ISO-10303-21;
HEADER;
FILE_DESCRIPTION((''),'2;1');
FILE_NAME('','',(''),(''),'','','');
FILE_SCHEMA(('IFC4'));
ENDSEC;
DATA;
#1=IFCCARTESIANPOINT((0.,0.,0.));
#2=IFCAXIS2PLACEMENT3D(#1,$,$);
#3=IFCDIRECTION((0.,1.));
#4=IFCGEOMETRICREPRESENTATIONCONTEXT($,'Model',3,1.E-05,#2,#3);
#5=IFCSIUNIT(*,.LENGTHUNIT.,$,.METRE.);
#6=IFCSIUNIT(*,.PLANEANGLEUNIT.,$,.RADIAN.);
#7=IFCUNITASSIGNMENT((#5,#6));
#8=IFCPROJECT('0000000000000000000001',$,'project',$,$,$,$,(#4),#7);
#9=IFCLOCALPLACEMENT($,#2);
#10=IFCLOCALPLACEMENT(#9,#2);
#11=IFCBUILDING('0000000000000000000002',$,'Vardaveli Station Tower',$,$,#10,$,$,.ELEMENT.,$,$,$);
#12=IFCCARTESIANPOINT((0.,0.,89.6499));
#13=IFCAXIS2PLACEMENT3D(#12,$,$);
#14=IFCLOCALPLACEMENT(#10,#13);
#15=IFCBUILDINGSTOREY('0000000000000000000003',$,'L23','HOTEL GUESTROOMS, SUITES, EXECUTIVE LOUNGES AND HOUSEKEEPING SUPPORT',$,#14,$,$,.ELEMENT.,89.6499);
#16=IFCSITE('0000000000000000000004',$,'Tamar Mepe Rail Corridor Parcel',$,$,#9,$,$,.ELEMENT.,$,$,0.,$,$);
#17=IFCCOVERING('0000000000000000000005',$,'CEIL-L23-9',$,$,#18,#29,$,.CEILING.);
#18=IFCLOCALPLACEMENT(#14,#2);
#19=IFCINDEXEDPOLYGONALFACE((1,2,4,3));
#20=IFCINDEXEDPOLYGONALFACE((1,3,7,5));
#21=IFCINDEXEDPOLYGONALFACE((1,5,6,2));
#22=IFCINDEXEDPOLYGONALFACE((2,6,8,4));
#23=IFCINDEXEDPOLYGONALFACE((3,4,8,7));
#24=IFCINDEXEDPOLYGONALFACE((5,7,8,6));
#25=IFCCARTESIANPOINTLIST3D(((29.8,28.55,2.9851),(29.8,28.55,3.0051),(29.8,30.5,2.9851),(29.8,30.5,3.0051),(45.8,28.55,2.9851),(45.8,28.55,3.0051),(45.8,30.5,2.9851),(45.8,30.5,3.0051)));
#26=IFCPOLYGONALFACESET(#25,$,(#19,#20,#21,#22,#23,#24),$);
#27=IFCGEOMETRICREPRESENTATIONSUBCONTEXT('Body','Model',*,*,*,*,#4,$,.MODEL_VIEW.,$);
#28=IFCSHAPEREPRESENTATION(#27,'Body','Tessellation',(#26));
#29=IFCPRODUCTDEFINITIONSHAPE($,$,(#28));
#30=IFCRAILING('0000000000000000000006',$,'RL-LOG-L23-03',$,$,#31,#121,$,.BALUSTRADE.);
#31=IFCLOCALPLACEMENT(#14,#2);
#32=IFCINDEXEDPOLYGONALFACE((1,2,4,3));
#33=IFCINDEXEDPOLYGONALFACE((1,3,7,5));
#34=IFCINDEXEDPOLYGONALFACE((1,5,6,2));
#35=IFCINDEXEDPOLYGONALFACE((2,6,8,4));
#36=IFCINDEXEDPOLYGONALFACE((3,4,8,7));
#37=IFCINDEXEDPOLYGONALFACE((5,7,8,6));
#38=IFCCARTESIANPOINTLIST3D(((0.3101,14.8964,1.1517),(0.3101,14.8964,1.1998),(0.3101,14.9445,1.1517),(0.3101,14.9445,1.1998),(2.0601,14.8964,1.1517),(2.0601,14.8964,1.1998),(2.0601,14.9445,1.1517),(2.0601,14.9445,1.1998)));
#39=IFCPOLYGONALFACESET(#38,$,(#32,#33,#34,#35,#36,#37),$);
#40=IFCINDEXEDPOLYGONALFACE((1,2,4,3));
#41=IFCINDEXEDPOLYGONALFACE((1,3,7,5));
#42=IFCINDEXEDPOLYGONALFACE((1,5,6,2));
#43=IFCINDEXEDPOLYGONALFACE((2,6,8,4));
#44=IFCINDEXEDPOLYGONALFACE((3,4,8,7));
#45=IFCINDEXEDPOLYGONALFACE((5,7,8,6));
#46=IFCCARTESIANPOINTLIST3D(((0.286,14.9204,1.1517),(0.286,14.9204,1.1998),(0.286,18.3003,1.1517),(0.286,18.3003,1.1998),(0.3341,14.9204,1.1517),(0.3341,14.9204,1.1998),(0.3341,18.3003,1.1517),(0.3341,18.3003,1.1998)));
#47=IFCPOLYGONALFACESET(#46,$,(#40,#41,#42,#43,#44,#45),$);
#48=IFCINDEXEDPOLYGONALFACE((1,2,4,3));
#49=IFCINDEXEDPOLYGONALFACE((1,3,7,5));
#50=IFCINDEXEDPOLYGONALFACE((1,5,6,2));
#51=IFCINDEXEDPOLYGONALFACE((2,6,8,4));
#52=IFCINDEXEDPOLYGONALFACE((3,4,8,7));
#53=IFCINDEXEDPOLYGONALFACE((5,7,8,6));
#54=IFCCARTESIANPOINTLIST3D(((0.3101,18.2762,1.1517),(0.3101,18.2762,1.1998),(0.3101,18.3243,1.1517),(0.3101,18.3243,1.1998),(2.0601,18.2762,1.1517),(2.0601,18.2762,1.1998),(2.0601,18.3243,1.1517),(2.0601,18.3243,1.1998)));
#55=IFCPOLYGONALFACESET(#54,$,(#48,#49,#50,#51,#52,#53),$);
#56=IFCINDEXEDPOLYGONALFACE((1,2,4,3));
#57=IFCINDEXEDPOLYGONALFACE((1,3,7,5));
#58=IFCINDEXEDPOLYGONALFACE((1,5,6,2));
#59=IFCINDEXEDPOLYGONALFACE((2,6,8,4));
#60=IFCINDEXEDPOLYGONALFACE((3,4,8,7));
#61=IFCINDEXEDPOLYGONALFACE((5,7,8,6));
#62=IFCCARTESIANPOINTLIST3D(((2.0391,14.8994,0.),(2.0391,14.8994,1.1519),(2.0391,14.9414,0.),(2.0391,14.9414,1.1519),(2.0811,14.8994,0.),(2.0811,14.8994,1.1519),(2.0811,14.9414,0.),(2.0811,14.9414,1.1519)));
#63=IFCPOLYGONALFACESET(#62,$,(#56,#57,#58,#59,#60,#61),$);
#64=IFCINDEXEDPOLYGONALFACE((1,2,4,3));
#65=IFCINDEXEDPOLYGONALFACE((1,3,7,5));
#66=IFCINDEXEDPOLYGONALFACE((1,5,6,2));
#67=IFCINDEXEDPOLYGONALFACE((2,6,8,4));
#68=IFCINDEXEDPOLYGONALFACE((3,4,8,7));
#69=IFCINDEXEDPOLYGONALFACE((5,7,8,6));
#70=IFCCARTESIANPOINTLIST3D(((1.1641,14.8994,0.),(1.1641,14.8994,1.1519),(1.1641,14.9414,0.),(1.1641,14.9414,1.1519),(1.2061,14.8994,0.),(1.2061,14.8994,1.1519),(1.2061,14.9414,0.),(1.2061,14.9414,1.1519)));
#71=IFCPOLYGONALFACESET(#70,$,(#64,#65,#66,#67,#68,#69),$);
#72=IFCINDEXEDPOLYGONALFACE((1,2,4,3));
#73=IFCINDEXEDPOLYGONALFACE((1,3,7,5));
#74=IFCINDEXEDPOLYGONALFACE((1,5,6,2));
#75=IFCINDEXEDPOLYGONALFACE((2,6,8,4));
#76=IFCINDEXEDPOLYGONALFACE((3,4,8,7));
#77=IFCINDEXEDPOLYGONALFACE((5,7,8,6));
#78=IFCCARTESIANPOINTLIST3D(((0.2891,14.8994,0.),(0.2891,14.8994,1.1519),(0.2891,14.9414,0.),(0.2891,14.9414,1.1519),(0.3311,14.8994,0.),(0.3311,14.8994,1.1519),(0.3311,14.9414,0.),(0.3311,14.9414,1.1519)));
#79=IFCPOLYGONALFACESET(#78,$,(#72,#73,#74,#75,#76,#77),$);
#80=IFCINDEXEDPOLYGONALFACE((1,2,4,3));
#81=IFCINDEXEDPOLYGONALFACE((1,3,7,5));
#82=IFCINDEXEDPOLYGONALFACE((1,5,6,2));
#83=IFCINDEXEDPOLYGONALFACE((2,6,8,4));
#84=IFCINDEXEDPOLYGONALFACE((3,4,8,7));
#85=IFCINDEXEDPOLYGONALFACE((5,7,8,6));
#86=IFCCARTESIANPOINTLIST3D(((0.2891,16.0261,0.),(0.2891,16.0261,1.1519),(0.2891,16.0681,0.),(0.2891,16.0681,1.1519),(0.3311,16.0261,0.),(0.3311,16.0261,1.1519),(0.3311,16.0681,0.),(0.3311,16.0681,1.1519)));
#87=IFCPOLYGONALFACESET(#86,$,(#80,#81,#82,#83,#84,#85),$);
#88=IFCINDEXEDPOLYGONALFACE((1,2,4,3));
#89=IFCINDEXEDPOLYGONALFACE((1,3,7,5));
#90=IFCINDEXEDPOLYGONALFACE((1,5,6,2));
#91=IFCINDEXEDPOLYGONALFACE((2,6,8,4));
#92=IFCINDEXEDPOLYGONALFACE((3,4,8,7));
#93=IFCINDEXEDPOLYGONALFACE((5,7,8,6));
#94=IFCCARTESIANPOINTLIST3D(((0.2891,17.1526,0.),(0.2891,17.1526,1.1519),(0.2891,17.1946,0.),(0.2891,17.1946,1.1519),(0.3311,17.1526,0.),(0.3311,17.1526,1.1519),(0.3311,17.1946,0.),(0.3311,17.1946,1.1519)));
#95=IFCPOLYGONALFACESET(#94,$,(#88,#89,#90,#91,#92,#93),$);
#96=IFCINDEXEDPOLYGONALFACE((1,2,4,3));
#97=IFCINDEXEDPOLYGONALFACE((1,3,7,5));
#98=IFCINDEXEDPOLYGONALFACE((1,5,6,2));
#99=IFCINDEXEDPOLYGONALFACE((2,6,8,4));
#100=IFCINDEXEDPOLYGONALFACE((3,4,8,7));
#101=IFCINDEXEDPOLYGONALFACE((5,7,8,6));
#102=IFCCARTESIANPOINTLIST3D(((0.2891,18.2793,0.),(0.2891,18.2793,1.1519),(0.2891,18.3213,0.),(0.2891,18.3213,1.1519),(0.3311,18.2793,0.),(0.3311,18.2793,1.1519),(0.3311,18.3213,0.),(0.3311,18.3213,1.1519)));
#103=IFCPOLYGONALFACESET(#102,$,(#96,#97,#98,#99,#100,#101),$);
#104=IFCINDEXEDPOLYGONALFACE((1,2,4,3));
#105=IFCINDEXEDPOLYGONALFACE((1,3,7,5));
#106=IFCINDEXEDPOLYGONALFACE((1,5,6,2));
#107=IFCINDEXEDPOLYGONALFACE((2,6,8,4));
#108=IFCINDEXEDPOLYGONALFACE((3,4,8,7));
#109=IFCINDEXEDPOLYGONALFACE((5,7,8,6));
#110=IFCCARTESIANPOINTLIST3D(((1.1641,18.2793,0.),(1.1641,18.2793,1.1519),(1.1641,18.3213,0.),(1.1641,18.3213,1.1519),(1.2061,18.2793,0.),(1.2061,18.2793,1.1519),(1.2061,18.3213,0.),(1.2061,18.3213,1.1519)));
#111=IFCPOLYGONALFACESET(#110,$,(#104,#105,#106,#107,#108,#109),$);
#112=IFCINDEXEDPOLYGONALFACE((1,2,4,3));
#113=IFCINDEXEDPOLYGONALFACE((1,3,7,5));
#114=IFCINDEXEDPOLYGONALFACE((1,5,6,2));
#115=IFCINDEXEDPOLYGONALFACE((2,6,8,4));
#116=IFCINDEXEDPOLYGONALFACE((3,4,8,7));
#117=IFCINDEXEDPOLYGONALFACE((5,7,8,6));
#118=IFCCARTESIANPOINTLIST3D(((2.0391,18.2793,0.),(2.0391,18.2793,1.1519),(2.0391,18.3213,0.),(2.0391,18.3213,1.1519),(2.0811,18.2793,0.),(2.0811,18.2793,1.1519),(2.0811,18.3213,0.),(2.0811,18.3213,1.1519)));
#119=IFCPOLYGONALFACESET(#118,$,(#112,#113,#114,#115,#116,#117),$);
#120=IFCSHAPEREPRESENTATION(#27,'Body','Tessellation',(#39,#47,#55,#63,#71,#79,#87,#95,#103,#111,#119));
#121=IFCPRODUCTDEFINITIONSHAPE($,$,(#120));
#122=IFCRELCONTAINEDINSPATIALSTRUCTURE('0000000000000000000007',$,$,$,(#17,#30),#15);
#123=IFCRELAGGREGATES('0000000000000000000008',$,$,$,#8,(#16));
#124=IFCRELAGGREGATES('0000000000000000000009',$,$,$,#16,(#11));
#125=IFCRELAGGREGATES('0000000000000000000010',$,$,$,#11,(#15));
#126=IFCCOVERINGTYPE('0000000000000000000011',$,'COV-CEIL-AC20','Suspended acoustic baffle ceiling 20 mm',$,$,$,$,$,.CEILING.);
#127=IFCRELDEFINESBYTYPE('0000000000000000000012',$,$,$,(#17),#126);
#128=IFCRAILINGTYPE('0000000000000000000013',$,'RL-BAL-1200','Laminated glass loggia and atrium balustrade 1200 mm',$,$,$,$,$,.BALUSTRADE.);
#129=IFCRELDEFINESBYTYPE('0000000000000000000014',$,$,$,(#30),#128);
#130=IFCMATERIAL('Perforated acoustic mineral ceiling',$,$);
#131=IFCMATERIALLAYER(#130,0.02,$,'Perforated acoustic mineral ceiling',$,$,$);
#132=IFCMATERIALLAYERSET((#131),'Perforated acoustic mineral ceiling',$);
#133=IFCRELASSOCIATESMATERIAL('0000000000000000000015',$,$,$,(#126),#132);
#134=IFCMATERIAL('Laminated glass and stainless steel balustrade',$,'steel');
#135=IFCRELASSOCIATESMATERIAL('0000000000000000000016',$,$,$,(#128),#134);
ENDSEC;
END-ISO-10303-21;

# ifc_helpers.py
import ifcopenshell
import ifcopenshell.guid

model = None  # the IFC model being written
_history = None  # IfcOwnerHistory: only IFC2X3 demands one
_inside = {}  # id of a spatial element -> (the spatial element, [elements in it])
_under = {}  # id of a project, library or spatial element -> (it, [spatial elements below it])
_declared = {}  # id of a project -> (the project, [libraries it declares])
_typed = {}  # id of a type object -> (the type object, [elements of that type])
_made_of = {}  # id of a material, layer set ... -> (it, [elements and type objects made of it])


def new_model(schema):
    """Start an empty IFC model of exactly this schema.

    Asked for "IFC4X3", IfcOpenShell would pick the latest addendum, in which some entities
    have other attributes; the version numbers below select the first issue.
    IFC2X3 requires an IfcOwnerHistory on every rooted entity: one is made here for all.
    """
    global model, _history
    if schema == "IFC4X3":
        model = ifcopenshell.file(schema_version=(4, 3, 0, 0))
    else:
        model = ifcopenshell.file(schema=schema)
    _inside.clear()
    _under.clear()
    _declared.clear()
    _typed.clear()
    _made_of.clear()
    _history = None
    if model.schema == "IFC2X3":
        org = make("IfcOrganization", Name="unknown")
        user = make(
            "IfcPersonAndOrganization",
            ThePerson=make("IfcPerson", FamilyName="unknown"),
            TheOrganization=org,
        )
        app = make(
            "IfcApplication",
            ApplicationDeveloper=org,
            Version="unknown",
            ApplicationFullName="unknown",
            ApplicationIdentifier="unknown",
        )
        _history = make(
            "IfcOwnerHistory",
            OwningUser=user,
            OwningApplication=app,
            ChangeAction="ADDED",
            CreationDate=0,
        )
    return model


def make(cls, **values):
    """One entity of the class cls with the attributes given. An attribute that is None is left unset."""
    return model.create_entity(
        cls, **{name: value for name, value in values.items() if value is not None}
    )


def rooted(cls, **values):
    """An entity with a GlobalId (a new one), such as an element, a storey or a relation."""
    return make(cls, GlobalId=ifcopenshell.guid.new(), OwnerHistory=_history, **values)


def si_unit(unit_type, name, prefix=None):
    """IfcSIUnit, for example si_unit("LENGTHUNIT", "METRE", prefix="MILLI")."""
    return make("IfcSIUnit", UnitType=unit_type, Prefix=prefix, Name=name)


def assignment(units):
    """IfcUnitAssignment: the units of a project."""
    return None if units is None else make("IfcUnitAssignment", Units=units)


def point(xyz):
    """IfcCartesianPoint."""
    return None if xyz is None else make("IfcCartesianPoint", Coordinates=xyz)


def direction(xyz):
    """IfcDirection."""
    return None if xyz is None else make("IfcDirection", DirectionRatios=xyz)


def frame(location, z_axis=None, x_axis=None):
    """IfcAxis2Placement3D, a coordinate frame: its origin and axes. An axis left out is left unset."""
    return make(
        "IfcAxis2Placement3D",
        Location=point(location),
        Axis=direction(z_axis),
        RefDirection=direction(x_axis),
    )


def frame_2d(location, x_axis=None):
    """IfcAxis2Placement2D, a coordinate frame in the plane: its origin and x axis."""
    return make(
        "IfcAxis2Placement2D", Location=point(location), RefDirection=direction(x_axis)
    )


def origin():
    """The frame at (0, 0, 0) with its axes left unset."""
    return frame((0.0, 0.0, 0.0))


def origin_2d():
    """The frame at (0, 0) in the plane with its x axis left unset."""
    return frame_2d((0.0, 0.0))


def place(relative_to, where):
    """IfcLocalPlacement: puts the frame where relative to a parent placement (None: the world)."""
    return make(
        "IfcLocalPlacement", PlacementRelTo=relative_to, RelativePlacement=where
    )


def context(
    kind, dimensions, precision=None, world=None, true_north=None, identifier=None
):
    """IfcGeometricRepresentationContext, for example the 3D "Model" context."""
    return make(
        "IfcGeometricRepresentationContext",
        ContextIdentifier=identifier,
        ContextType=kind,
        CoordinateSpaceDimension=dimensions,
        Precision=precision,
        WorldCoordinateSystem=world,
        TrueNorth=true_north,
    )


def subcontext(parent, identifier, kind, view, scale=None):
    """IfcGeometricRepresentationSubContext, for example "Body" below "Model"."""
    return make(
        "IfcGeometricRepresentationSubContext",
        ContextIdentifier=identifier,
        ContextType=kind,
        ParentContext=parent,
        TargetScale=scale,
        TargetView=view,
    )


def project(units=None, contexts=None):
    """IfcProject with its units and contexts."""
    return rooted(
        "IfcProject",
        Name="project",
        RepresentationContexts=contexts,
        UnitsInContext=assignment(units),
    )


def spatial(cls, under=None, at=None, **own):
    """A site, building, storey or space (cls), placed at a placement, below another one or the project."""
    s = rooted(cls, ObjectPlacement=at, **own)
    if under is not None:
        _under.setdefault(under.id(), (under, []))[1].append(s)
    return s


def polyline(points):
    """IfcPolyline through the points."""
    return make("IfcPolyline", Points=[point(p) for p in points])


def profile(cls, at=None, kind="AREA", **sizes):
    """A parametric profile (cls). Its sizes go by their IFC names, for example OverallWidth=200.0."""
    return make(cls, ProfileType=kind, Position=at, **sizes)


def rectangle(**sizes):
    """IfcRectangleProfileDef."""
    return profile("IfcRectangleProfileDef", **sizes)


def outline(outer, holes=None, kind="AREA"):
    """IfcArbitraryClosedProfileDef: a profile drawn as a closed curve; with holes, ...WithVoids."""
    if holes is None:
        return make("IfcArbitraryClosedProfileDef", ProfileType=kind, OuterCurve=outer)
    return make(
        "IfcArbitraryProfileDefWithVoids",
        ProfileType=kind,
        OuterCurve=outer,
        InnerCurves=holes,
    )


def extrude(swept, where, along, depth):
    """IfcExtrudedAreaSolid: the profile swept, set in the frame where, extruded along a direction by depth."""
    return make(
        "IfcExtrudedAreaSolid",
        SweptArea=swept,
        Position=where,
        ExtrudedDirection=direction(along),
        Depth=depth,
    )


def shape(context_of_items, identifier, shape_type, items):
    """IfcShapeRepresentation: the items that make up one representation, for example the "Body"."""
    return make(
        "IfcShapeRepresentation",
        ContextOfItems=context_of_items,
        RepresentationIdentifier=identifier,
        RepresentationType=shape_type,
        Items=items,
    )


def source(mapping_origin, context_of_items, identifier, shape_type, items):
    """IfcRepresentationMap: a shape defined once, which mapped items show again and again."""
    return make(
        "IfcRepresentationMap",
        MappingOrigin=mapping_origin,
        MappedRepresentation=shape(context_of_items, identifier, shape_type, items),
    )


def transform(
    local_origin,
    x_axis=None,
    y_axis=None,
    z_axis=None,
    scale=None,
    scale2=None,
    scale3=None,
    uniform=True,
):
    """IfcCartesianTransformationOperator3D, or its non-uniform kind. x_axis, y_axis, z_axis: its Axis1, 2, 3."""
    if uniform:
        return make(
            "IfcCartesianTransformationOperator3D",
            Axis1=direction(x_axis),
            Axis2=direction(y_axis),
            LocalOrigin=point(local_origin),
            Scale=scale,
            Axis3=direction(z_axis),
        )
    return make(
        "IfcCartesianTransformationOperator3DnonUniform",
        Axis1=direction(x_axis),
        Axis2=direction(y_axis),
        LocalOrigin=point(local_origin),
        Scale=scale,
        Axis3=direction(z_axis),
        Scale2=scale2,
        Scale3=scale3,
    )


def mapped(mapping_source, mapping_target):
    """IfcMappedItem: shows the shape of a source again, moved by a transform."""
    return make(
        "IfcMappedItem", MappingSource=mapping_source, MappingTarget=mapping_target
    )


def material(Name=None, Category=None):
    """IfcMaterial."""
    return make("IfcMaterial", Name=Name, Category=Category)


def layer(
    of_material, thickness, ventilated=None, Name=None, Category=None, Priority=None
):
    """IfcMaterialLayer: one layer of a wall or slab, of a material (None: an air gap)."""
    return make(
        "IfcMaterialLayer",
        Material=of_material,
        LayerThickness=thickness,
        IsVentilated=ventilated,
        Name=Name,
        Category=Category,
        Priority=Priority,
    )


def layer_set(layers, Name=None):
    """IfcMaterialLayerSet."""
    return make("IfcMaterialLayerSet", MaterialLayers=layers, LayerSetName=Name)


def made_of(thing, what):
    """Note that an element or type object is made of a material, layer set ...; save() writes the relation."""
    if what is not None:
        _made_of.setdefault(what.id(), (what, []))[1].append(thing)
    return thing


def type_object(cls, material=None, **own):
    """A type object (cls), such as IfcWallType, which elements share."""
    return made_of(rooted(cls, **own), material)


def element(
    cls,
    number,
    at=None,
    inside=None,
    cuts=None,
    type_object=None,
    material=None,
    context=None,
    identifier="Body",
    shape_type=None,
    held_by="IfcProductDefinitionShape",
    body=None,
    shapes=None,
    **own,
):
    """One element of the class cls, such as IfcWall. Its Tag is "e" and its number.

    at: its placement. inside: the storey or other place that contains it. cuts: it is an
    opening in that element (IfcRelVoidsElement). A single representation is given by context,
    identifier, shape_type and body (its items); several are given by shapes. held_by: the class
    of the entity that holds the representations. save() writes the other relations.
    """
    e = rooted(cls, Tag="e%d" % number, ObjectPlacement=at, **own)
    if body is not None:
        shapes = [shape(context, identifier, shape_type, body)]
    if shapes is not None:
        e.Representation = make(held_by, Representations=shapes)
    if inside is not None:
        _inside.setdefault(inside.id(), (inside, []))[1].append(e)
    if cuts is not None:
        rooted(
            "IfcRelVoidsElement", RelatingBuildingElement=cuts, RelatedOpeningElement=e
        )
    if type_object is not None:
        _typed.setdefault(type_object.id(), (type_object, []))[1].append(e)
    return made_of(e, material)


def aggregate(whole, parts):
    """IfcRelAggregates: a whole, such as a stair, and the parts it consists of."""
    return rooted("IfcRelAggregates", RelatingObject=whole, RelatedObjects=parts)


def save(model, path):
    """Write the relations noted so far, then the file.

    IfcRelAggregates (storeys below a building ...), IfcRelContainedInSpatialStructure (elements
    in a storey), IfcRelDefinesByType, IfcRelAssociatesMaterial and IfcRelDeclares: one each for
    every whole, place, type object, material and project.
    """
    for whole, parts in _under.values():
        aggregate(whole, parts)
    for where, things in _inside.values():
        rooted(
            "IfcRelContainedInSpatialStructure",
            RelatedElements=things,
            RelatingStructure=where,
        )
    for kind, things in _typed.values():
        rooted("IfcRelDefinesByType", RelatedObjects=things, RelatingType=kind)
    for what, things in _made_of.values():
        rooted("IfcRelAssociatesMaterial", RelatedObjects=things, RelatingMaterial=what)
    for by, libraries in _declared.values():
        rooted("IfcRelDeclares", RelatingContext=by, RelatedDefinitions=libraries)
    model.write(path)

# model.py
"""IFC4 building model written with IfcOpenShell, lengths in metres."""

from ifc_helpers import new_model, si_unit, direction, frame, origin, origin_2d, place, context, subcontext, project, spatial, polyline, rectangle, outline, extrude, source, transform, mapped, material, layer, layer_set, type_object, element, save


model = new_model("IFC4")

# Units and contexts
model_context = context("Model", 3, precision=1e-05, world=origin(), true_north=direction((0.0, 1.0)))
body_context = subcontext(model_context, "Body", "Model", "MODEL_VIEW")
ifc_project = project(units=[si_unit("LENGTHUNIT", "METRE"), si_unit("PLANEANGLEUNIT", "RADIAN")], contexts=[model_context])

# Site, building, storey
site_placement = place(None, origin())
site = spatial("IfcSite", under=ifc_project, at=site_placement, Name="Tamar Mepe Rail Corridor Parcel", CompositionType="ELEMENT", RefElevation=0.0)
building_placement = place(site_placement, origin())
building = spatial("IfcBuilding", under=site, at=building_placement, Name="Vardaveli Station Tower", CompositionType="ELEMENT")
storey_placement = place(building_placement, frame((0.0, 0.0, 89.6499)))
storey = spatial("IfcBuildingStorey", under=building, at=storey_placement, Name="L23", Description="HOTEL GUESTROOMS, SUITES, EXECUTIVE LOUNGES AND HOUSEKEEPING SUPPORT", CompositionType="ELEMENT", Elevation=89.6499)

# Covering
ifc_material_1 = material(Name="Perforated acoustic mineral ceiling")
ifc_layer_1 = layer(ifc_material_1, 0.02, Name="Perforated acoustic mineral ceiling")
ifc_layer_set_1 = layer_set([ifc_layer_1], Name="Perforated acoustic mineral ceiling")
covering_type = type_object("IfcCoveringType", Name="COV-CEIL-AC20", Description="Suspended acoustic baffle ceiling 20 mm", PredefinedType="CEILING", material=ifc_layer_set_1)
covering_placement = place(storey_placement, frame((0.0, 0.0, 2.9851)))
element("IfcCovering", 1, at=covering_placement, inside=storey, type_object=covering_type, Name="CEIL-L23-9", PredefinedType="CEILING", context=body_context, shape_type="SweptSolid", body=[
    extrude(outline(polyline([(29.8, 28.55), (45.8, 28.55), (45.8, 30.5), (29.8, 30.5), (29.8, 28.55)])), origin(), (0.0, 0.0, 1.0), 0.02),
])

# Railing
ifc_material_2 = material(Name="Laminated glass and stainless steel balustrade", Category="steel")
railing_type = type_object("IfcRailingType", Name="RL-BAL-1200", Description="Laminated glass loggia and atrium balustrade 1200 mm", PredefinedType="BALUSTRADE", material=ifc_material_2)
shared_shape_1 = source(origin(), body_context, "Body", "SweptSolid", [
    extrude(rectangle(XDim=0.0481, YDim=0.0481, at=origin_2d()), frame((0.0, 0.0, 1.1758), z_axis=(-1.0, 0.0, 0.0), x_axis=(0.0, -1.0, 0.0)), (0.0, 0.0, 1.0), 1.75),
    extrude(rectangle(XDim=0.0481, YDim=0.0481, at=origin_2d()), frame((-1.75, 0.0, 1.1758), z_axis=(0.0, 1.0, 0.0), x_axis=(-1.0, 0.0, 0.0)), (0.0, 0.0, 1.0), 3.3799),
    extrude(rectangle(XDim=0.0481, YDim=0.0481, at=origin_2d()), frame((-1.75, 3.3799, 1.1758), z_axis=(1.0, 0.0, 0.0), x_axis=(0.0, 1.0, 0.0)), (0.0, 0.0, 1.0), 1.75),
    extrude(rectangle(XDim=0.042, YDim=0.042, at=origin_2d()), origin(), (0.0, 0.0, 1.0), 1.1519),
    extrude(rectangle(XDim=0.042, YDim=0.042, at=origin_2d()), frame((-0.875, 0.0, 0.0)), (0.0, 0.0, 1.0), 1.1519),
    extrude(rectangle(XDim=0.042, YDim=0.042, at=origin_2d()), frame((-1.75, 0.0, 0.0)), (0.0, 0.0, 1.0), 1.1519),
    extrude(rectangle(XDim=0.042, YDim=0.042, at=origin_2d()), frame((-1.75, 1.1267, 0.0)), (0.0, 0.0, 1.0), 1.1519),
    extrude(rectangle(XDim=0.042, YDim=0.042, at=origin_2d()), frame((-1.75, 2.2532, 0.0)), (0.0, 0.0, 1.0), 1.1519),
    extrude(rectangle(XDim=0.042, YDim=0.042, at=origin_2d()), frame((-1.75, 3.3799, 0.0)), (0.0, 0.0, 1.0), 1.1519),
    extrude(rectangle(XDim=0.042, YDim=0.042, at=origin_2d()), frame((-0.875, 3.3799, 0.0)), (0.0, 0.0, 1.0), 1.1519),
    extrude(rectangle(XDim=0.042, YDim=0.042, at=origin_2d()), frame((0.0, 3.3799, 0.0)), (0.0, 0.0, 1.0), 1.1519),
])
railing_placement = place(storey_placement, frame((2.0601, 14.9204, 0.0)))
element("IfcRailing", 2, at=railing_placement, inside=storey, type_object=railing_type, Name="RL-LOG-L23-03", PredefinedType="BALUSTRADE", context=body_context, shape_type="MappedRepresentation", body=[
    mapped(shared_shape_1, transform((0.0, 0.0, 0.0), scale=1.0)),
])

save(model, "model.ifc")
